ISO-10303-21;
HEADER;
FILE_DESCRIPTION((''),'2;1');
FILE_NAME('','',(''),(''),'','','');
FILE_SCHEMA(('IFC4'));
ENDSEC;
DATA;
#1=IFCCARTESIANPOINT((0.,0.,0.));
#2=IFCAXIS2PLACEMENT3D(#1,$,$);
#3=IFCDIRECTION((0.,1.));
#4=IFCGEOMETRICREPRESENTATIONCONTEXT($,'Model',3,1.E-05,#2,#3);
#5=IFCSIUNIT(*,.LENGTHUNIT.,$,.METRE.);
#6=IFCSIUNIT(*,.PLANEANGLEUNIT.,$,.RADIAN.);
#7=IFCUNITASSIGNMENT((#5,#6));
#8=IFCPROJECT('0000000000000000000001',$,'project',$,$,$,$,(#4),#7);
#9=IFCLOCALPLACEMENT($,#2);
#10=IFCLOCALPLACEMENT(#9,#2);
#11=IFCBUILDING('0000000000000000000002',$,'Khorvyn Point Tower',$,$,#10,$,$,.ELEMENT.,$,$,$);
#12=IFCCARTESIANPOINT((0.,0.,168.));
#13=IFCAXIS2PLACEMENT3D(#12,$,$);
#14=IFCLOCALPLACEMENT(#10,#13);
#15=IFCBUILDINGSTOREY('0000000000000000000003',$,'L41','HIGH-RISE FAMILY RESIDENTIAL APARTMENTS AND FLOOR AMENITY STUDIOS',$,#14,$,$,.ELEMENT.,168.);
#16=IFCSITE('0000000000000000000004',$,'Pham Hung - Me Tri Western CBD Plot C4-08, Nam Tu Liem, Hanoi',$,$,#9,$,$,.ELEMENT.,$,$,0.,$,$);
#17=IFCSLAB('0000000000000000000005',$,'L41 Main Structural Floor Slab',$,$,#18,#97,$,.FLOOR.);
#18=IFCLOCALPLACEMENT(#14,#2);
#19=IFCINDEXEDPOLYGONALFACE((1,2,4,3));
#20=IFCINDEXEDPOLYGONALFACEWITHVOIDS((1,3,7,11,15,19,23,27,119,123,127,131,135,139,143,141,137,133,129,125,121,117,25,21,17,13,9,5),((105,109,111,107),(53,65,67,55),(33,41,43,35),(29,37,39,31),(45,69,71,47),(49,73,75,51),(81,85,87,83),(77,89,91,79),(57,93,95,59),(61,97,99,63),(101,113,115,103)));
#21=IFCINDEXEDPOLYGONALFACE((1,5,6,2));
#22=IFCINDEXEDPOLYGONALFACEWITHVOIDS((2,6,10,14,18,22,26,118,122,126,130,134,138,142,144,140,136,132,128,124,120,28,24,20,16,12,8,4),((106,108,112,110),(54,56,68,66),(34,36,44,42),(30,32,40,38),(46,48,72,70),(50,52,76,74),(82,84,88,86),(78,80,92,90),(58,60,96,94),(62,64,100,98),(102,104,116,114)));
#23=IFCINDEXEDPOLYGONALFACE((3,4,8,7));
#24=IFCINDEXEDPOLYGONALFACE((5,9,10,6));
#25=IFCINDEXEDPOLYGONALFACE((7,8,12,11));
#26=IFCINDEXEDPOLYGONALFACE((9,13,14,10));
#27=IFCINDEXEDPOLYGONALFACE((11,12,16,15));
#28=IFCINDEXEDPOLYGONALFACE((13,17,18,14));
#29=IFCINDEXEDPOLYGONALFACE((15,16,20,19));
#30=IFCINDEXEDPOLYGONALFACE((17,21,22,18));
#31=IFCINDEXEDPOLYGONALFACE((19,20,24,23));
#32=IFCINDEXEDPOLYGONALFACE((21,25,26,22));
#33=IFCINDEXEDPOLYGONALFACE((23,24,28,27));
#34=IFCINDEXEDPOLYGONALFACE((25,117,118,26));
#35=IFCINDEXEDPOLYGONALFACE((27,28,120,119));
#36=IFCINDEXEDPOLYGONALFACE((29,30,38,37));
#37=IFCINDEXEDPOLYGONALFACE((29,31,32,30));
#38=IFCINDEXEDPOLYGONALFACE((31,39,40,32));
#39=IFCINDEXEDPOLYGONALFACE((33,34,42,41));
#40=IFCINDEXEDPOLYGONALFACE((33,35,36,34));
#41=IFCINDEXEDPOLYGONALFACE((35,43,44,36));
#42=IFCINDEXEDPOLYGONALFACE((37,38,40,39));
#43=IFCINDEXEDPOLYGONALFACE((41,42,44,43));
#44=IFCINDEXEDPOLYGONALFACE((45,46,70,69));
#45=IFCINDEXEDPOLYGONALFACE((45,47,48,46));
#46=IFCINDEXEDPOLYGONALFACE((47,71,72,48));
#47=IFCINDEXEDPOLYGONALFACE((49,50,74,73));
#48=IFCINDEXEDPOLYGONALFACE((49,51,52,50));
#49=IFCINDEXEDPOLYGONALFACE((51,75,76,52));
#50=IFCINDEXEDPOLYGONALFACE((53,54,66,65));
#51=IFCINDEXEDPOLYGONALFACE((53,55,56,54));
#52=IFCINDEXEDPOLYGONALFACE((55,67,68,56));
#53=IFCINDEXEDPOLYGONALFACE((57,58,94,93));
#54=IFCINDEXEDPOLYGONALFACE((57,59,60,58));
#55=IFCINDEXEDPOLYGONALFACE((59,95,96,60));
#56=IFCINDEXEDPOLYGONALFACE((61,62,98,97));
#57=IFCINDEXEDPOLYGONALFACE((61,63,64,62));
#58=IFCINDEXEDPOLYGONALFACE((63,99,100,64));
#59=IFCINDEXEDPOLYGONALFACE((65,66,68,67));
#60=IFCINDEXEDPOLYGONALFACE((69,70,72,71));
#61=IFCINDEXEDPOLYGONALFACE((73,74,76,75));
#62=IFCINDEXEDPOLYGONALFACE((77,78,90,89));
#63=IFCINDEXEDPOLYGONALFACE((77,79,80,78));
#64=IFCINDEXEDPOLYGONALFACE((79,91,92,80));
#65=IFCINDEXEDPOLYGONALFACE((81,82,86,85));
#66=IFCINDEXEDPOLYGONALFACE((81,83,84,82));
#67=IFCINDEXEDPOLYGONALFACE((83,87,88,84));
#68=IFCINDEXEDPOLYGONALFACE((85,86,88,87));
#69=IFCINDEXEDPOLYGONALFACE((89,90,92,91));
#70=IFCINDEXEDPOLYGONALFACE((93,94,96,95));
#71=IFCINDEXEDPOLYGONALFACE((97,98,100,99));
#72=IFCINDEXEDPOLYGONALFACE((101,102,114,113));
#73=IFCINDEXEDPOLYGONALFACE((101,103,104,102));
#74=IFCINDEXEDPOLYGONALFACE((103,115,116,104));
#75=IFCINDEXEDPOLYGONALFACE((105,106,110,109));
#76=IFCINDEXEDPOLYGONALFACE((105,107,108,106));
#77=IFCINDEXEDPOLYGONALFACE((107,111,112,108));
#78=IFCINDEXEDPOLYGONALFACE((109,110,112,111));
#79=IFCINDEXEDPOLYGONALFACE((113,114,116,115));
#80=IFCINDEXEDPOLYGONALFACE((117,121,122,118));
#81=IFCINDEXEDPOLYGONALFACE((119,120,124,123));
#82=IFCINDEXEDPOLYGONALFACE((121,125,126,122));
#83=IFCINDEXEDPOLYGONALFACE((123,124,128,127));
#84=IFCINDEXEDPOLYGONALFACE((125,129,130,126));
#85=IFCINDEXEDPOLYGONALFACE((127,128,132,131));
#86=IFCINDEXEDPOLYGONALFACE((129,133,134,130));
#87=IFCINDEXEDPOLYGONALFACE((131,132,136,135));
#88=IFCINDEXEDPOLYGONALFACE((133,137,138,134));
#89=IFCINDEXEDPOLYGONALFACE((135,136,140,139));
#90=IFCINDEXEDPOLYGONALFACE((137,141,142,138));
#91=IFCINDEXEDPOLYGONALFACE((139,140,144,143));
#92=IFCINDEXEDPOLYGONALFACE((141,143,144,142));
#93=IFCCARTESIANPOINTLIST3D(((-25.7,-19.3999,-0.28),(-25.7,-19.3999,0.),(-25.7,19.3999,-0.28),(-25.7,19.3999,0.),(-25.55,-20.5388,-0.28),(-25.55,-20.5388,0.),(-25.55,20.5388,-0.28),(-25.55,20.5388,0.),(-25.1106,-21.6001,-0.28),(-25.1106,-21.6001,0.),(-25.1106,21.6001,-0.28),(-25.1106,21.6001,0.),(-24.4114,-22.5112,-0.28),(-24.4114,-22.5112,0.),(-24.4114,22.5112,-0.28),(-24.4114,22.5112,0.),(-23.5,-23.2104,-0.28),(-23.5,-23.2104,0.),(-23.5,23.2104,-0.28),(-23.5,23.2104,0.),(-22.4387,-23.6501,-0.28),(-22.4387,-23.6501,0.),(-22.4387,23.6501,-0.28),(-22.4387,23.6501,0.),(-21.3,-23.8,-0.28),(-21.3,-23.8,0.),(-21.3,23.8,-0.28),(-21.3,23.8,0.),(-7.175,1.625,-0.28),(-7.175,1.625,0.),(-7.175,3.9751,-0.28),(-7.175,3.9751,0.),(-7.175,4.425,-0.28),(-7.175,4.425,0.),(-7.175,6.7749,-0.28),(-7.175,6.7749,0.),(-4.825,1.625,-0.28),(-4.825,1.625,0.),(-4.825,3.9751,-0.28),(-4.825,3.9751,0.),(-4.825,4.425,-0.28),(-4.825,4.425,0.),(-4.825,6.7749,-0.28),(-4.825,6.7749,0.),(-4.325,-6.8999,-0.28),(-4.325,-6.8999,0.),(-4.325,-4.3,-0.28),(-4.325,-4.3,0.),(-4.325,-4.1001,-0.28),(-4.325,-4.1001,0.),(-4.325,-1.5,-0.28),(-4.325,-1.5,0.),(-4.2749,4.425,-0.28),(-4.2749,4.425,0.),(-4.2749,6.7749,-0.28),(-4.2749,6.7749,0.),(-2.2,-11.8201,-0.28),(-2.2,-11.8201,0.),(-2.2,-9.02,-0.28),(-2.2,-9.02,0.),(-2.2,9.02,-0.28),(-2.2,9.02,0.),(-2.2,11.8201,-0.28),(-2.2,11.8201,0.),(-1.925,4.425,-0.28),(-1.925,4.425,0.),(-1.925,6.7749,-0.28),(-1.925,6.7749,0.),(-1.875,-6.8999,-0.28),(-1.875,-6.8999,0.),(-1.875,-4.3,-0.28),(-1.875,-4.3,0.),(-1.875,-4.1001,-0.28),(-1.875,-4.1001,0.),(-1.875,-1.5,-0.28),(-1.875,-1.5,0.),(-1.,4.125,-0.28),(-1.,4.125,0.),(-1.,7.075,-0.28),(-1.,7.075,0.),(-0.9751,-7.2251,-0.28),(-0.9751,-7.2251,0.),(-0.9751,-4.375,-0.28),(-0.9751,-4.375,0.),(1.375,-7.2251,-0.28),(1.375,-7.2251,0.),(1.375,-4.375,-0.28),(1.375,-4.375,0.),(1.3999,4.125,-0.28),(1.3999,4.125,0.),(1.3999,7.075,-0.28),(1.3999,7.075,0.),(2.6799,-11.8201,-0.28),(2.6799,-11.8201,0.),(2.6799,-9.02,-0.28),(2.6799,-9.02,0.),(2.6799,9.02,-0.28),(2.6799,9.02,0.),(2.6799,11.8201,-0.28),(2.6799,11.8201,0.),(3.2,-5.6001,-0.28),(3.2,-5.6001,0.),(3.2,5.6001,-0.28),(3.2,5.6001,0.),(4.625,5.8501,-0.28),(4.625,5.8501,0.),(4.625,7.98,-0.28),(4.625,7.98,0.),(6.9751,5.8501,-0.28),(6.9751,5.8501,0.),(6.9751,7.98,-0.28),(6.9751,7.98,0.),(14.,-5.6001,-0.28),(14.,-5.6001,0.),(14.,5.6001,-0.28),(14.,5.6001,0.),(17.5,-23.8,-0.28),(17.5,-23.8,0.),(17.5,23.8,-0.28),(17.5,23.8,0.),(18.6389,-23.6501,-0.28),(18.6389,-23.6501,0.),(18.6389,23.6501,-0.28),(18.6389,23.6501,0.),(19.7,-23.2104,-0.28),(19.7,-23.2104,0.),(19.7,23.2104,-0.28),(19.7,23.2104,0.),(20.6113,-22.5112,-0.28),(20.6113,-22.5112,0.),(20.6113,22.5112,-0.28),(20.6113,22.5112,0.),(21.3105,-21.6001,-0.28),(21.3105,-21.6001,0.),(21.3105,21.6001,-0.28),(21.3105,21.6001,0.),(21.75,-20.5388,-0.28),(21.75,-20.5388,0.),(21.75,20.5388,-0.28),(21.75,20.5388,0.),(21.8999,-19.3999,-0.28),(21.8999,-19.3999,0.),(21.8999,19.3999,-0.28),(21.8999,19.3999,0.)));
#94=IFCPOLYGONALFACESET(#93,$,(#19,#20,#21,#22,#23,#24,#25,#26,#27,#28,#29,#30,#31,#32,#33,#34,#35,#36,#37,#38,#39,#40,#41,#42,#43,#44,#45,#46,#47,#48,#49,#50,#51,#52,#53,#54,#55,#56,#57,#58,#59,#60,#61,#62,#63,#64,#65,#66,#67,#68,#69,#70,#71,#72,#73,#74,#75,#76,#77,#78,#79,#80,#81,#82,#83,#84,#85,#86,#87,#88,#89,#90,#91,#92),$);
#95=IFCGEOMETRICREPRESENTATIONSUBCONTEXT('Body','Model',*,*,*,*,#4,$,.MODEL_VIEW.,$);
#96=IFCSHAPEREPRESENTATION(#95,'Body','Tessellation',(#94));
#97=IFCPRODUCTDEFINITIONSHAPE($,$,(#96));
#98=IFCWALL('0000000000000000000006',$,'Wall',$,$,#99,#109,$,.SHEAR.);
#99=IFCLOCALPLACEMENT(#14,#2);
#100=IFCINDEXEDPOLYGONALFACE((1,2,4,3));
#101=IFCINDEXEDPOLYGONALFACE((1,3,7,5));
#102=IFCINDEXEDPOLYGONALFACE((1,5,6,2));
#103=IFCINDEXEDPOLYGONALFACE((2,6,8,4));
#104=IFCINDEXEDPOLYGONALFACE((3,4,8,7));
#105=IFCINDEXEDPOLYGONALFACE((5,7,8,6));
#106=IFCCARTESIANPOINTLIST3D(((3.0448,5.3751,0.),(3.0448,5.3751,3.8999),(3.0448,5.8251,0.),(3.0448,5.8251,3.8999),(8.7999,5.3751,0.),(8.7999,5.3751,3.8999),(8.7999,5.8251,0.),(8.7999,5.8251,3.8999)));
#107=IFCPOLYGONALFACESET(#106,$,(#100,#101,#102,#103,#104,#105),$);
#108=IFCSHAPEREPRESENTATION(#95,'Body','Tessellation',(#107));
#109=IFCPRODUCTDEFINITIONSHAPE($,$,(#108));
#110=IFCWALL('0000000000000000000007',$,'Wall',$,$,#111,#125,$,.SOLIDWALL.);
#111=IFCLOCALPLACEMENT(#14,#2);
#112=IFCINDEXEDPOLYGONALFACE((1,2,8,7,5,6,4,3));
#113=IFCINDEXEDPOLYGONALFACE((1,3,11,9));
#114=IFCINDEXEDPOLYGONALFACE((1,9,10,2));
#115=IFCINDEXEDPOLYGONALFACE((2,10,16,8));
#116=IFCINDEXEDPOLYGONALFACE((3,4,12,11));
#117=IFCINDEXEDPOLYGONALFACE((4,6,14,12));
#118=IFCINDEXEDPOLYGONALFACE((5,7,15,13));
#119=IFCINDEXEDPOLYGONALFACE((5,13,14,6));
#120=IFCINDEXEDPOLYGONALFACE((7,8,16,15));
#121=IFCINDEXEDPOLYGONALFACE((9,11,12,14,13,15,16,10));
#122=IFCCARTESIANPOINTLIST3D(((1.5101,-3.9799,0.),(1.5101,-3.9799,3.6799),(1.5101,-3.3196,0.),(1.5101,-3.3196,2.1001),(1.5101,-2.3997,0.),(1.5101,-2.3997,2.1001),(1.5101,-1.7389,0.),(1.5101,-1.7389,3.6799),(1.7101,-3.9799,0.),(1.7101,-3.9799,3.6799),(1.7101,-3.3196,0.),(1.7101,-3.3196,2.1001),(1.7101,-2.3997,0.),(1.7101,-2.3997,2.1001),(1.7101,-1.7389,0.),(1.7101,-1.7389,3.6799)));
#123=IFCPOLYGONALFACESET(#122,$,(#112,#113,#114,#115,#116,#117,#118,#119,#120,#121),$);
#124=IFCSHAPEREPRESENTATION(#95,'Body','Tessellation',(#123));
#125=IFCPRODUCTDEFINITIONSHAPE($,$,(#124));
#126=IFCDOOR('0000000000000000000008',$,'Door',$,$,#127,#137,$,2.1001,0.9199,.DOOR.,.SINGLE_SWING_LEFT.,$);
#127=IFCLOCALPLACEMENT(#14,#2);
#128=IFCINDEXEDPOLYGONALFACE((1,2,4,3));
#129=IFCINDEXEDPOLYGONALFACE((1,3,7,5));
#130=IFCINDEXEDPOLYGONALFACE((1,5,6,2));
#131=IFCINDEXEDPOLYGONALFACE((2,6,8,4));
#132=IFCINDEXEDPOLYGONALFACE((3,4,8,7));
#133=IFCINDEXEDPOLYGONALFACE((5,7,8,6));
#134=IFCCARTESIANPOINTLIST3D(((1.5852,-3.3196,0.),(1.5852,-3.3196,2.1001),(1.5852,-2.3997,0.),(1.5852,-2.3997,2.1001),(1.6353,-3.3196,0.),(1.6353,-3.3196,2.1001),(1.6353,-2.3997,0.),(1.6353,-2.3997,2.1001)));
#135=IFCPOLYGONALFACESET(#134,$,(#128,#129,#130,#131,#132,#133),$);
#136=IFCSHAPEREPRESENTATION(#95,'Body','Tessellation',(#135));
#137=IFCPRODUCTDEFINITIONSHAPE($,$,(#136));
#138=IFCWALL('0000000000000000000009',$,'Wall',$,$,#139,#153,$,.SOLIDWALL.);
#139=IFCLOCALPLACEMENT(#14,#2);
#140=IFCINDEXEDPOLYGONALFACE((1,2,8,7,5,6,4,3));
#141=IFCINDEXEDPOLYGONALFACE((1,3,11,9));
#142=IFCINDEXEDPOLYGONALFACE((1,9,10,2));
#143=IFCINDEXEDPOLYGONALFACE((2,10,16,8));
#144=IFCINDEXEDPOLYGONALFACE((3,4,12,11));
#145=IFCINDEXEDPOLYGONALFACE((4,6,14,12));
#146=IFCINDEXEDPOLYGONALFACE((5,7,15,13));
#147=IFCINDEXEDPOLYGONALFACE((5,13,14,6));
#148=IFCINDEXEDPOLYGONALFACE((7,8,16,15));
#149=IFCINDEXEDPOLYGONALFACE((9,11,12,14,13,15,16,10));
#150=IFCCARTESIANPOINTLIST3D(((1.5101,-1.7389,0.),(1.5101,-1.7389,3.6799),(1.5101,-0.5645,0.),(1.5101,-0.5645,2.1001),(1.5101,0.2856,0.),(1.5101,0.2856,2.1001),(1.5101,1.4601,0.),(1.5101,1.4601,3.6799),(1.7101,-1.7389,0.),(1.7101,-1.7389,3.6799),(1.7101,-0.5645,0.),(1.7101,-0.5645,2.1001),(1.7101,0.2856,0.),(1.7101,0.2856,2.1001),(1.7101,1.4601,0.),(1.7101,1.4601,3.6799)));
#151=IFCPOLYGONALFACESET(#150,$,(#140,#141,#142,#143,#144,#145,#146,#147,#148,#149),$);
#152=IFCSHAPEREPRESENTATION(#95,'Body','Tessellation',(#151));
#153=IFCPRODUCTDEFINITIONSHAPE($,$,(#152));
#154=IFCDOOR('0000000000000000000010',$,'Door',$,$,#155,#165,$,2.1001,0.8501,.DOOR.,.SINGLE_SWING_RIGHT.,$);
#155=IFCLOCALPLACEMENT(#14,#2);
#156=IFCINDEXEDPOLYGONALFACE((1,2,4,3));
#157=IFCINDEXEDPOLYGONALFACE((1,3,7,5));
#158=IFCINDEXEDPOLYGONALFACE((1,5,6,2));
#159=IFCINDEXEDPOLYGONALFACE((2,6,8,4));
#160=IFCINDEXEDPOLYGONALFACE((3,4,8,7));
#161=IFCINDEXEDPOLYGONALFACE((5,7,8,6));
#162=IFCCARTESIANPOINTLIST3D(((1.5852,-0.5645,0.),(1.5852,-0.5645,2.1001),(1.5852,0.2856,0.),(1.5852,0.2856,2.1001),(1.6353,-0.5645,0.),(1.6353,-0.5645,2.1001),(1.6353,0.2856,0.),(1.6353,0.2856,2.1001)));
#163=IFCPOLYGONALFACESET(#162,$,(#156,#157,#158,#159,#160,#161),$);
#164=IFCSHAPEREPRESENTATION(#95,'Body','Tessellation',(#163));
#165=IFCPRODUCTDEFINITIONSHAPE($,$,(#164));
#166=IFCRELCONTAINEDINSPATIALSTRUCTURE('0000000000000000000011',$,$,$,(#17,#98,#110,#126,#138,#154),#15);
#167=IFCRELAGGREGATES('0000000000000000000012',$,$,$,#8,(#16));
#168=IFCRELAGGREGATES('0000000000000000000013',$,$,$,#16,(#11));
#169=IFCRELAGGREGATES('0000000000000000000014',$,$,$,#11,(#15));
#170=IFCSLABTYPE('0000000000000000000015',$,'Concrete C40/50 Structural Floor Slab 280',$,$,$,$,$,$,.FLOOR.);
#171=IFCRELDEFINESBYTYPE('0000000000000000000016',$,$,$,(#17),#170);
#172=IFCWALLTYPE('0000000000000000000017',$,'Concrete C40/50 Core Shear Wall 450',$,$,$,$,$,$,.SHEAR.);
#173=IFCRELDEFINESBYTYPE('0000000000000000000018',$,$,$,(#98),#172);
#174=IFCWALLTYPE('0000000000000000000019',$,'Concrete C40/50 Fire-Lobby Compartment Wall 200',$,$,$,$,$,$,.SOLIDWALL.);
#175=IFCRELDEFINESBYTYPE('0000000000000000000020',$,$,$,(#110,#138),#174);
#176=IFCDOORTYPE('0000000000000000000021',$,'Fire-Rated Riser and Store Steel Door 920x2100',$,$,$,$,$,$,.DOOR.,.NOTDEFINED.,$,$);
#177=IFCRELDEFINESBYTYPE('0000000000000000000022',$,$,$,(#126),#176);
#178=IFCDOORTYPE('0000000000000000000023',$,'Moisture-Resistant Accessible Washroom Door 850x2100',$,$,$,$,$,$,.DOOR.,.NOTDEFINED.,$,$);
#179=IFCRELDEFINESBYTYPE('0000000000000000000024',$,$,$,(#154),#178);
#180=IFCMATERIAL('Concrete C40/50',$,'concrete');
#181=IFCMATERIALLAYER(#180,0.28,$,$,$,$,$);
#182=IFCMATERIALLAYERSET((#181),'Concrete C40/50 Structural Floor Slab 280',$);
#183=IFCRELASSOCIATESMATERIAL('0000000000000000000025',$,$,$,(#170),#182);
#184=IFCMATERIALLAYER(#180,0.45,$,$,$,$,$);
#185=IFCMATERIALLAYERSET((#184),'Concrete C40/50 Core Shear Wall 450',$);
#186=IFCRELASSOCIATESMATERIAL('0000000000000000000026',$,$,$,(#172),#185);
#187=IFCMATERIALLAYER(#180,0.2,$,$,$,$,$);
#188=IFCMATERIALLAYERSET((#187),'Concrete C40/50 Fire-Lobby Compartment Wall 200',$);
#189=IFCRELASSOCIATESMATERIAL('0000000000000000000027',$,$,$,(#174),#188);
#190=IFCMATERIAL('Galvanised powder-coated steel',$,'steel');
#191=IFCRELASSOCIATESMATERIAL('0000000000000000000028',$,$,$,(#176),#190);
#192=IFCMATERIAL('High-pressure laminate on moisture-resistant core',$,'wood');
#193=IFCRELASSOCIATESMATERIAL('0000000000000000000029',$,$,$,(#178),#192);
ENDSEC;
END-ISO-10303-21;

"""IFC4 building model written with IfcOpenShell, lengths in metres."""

from ifc_helpers import new_model, si_unit, direction, frame, frame_2d, origin, place, context, subcontext, project, spatial, polyline, rectangle, outline, extrude, material, layer, layer_set, type_object, element, fill, save


model = new_model("IFC4")

# Units and contexts
model_context = context("Model", 3, precision=1e-05, world=origin(), true_north=direction((0.0, 1.0)))
body_context = subcontext(model_context, "Body", "Model", "MODEL_VIEW")
ifc_project = project(units=[si_unit("LENGTHUNIT", "METRE"), si_unit("PLANEANGLEUNIT", "RADIAN")], contexts=[model_context])

# Site, building, storey
site_placement = place(None, origin())
site = spatial("IfcSite", under=ifc_project, at=site_placement, Name="Pham Hung - Me Tri Western CBD Plot C4-08, Nam Tu Liem, Hanoi", CompositionType="ELEMENT", RefElevation=0.0)
building_placement = place(site_placement, origin())
building = spatial("IfcBuilding", under=site, at=building_placement, Name="Khorvyn Point Tower", CompositionType="ELEMENT")
storey_placement = place(building_placement, frame((0.0, 0.0, 168.0)))
storey = spatial("IfcBuildingStorey", under=building, at=storey_placement, Name="L41", Description="HIGH-RISE FAMILY RESIDENTIAL APARTMENTS AND FLOOR AMENITY STUDIOS", CompositionType="ELEMENT", Elevation=168.0)

# Shared definitions
ifc_material_1 = material(Name="Concrete C40/50", Category="concrete")

# Slab
ifc_layer_1 = layer(ifc_material_1, 0.28)
ifc_layer_set_1 = layer_set([ifc_layer_1], Name="Concrete C40/50 Structural Floor Slab 280")
slab_type_1 = type_object("IfcSlabType", Name="Concrete C40/50 Structural Floor Slab 280", PredefinedType="FLOOR", material=ifc_layer_set_1)
slab_1_placement = place(storey_placement, frame((0.0, 0.0, -0.28)))
element("IfcSlab", 1, at=slab_1_placement, inside=storey, type_object=slab_type_1, Name="L41 Main Structural Floor Slab", PredefinedType="FLOOR", context=body_context, shape_type="SweptSolid", body=[
    extrude(outline(polyline([(-21.3, -23.8), (-22.4387, -23.6501), (-23.5, -23.2104), (-24.4114, -22.5112), (-25.1106, -21.6001), (-25.55, -20.5388), (-25.7, -19.3999), (-25.7, 19.3999), (-25.55, 20.5388), (-25.1106, 21.6001), (-24.4114, 22.5112), (-23.5, 23.2104), (-22.4387, 23.6501), (-21.3, 23.8), (17.5, 23.8), (18.6389, 23.6501), (19.7, 23.2104), (20.6113, 22.5112), (21.3105, 21.6001), (21.75, 20.5388), (21.8999, 19.3999), (21.8999, -19.3999), (21.75, -20.5388), (21.3105, -21.6001), (20.6113, -22.5112), (19.7, -23.2104), (18.6389, -23.6501), (17.5, -23.8), (-21.3, -23.8)]), holes=[polyline([(-1.875, -6.8999), (-1.875, -4.3), (-4.325, -4.3), (-4.325, -6.8999), (-1.875, -6.8999)]), polyline([(-1.875, -4.1001), (-1.875, -1.5), (-4.325, -1.5), (-4.325, -4.1001), (-1.875, -4.1001)]), polyline([(-4.825, 1.625), (-4.825, 3.9751), (-7.175, 3.9751), (-7.175, 1.625), (-4.825, 1.625)]), polyline([(-7.175, 4.425), (-4.825, 4.425), (-4.825, 6.7749), (-7.175, 6.7749), (-7.175, 4.425)]), polyline([(-4.2749, 4.425), (-1.925, 4.425), (-1.925, 6.7749), (-4.2749, 6.7749), (-4.2749, 4.425)]), polyline([(1.3999, 4.125), (1.3999, 7.075), (-1.0, 7.075), (-1.0, 4.125), (1.3999, 4.125)]), polyline([(-2.2, -11.8201), (2.6799, -11.8201), (2.6799, -9.02), (-2.2, -9.02), (-2.2, -11.8201)]), polyline([(-0.9751, -7.2251), (1.375, -7.2251), (1.375, -4.375), (-0.9751, -4.375), (-0.9751, -7.2251)]), polyline([(14.0, -5.6001), (14.0, 5.6001), (3.2, 5.6001), (3.2, -5.6001), (14.0, -5.6001)]), polyline([(4.625, 5.8501), (6.9751, 5.8501), (6.9751, 7.98), (4.625, 7.98), (4.625, 5.8501)]), polyline([(-2.2, 9.02), (2.6799, 9.02), (2.6799, 11.8201), (-2.2, 11.8201), (-2.2, 9.02)])]), origin(), (0.0, 0.0, 1.0), 0.28),
])

# Wall
ifc_layer_2 = layer(ifc_material_1, 0.45)
ifc_layer_set_2 = layer_set([ifc_layer_2], Name="Concrete C40/50 Core Shear Wall 450")
wall_type_1 = type_object("IfcWallType", Name="Concrete C40/50 Core Shear Wall 450", PredefinedType="SHEAR", material=ifc_layer_set_2)
wall_1_placement = place(storey_placement, frame((3.0449, 5.6001, 0.0), z_axis=(0.0, 0.0, 1.0), x_axis=(1.0, 0.0, 0.0)))
element("IfcWall", 2, at=wall_1_placement, inside=storey, type_object=wall_type_1, Name="Wall", PredefinedType="SHEAR", context=body_context, shape_type="SweptSolid", body=[
    extrude(rectangle(XDim=5.7551, YDim=0.45, at=frame_2d((2.8774, 0.0))), origin(), (0.0, 0.0, 1.0), 3.8999),
])

# Walls, openings, doors
ifc_layer_3 = layer(ifc_material_1, 0.2)
ifc_layer_set_3 = layer_set([ifc_layer_3], Name="Concrete C40/50 Fire-Lobby Compartment Wall 200")
wall_type_2 = type_object("IfcWallType", Name="Concrete C40/50 Fire-Lobby Compartment Wall 200", PredefinedType="SOLIDWALL", material=ifc_layer_set_3)
wall_2_placement = place(storey_placement, frame((1.6101, -3.98, 0.0), z_axis=(0.0, 0.0, 1.0), x_axis=(0.0, 1.0, 0.0)))
wall_2 = element("IfcWall", 3, at=wall_2_placement, inside=storey, type_object=wall_type_2, Name="Wall", PredefinedType="SOLIDWALL", context=body_context, shape_type="SweptSolid", body=[
    extrude(rectangle(XDim=2.241, YDim=0.2, at=frame_2d((1.1206, 0.0))), origin(), (0.0, 0.0, 1.0), 3.6799),
])
opening_1_placement = place(wall_2_placement, frame((0.6604, 0.0, 0.0)))
opening_1 = element("IfcOpeningElement", 4, at=opening_1_placement, cuts=wall_2, PredefinedType="OPENING", context=body_context, shape_type="SweptSolid", body=[
    extrude(rectangle(XDim=0.9199, YDim=2.1001, at=frame_2d((0.46, 1.05))), frame((0.0, 0.1099, 0.0), z_axis=(0.0, -1.0, 0.0), x_axis=(1.0, 0.0, 0.0)), (0.0, 0.0, 1.0), 0.22),
])
ifc_material_2 = material(Name="Galvanised powder-coated steel", Category="steel")
door_type_1 = type_object("IfcDoorType", Name="Fire-Rated Riser and Store Steel Door 920x2100", OperationType="NOTDEFINED", PredefinedType="DOOR", material=ifc_material_2)
door_1_placement = place(opening_1_placement, origin())
door_1 = element("IfcDoor", 5, at=door_1_placement, inside=storey, type_object=door_type_1, Name="Door", OperationType="SINGLE_SWING_LEFT", OverallHeight=2.1001, OverallWidth=0.9199, PredefinedType="DOOR", context=body_context, shape_type="SweptSolid", body=[
    extrude(rectangle(XDim=0.9199, YDim=2.1001, at=frame_2d((0.46, 1.05))), frame((0.0, 0.0249, 0.0), z_axis=(0.0, -1.0, 0.0), x_axis=(1.0, 0.0, 0.0)), (0.0, 0.0, 1.0), 0.05),
])
fill(opening_1, door_1)
wall_3_placement = place(storey_placement, frame((1.6101, -1.739, 0.0), z_axis=(0.0, 0.0, 1.0), x_axis=(0.0, 1.0, 0.0)))
wall_3 = element("IfcWall", 6, at=wall_3_placement, inside=storey, type_object=wall_type_2, Name="Wall", PredefinedType="SOLIDWALL", context=body_context, shape_type="SweptSolid", body=[
    extrude(rectangle(XDim=3.199, YDim=0.2, at=frame_2d((1.5996, 0.0))), origin(), (0.0, 0.0, 1.0), 3.6799),
])
opening_2_placement = place(wall_3_placement, frame((1.1746, 0.0, 0.0)))
opening_2 = element("IfcOpeningElement", 7, at=opening_2_placement, cuts=wall_3, PredefinedType="OPENING", context=body_context, shape_type="SweptSolid", body=[
    extrude(rectangle(XDim=0.8501, YDim=2.1001, at=frame_2d((0.425, 1.05))), frame((0.0, 0.1099, 0.0), z_axis=(0.0, -1.0, 0.0), x_axis=(1.0, 0.0, 0.0)), (0.0, 0.0, 1.0), 0.22),
])
ifc_material_3 = material(Name="High-pressure laminate on moisture-resistant core", Category="wood")
door_type_2 = type_object("IfcDoorType", Name="Moisture-Resistant Accessible Washroom Door 850x2100", OperationType="NOTDEFINED", PredefinedType="DOOR", material=ifc_material_3)
door_2_placement = place(opening_2_placement, origin())
door_2 = element("IfcDoor", 8, at=door_2_placement, inside=storey, type_object=door_type_2, Name="Door", OperationType="SINGLE_SWING_RIGHT", OverallHeight=2.1001, OverallWidth=0.8501, PredefinedType="DOOR", context=body_context, shape_type="SweptSolid", body=[
    extrude(rectangle(XDim=0.8501, YDim=2.1001, at=frame_2d((0.425, 1.05))), frame((0.0, 0.0249, 0.0), z_axis=(0.0, -1.0, 0.0), x_axis=(1.0, 0.0, 0.0)), (0.0, 0.0, 1.0), 0.05),
])
fill(opening_2, door_2)

save(model, "model.ifc")
